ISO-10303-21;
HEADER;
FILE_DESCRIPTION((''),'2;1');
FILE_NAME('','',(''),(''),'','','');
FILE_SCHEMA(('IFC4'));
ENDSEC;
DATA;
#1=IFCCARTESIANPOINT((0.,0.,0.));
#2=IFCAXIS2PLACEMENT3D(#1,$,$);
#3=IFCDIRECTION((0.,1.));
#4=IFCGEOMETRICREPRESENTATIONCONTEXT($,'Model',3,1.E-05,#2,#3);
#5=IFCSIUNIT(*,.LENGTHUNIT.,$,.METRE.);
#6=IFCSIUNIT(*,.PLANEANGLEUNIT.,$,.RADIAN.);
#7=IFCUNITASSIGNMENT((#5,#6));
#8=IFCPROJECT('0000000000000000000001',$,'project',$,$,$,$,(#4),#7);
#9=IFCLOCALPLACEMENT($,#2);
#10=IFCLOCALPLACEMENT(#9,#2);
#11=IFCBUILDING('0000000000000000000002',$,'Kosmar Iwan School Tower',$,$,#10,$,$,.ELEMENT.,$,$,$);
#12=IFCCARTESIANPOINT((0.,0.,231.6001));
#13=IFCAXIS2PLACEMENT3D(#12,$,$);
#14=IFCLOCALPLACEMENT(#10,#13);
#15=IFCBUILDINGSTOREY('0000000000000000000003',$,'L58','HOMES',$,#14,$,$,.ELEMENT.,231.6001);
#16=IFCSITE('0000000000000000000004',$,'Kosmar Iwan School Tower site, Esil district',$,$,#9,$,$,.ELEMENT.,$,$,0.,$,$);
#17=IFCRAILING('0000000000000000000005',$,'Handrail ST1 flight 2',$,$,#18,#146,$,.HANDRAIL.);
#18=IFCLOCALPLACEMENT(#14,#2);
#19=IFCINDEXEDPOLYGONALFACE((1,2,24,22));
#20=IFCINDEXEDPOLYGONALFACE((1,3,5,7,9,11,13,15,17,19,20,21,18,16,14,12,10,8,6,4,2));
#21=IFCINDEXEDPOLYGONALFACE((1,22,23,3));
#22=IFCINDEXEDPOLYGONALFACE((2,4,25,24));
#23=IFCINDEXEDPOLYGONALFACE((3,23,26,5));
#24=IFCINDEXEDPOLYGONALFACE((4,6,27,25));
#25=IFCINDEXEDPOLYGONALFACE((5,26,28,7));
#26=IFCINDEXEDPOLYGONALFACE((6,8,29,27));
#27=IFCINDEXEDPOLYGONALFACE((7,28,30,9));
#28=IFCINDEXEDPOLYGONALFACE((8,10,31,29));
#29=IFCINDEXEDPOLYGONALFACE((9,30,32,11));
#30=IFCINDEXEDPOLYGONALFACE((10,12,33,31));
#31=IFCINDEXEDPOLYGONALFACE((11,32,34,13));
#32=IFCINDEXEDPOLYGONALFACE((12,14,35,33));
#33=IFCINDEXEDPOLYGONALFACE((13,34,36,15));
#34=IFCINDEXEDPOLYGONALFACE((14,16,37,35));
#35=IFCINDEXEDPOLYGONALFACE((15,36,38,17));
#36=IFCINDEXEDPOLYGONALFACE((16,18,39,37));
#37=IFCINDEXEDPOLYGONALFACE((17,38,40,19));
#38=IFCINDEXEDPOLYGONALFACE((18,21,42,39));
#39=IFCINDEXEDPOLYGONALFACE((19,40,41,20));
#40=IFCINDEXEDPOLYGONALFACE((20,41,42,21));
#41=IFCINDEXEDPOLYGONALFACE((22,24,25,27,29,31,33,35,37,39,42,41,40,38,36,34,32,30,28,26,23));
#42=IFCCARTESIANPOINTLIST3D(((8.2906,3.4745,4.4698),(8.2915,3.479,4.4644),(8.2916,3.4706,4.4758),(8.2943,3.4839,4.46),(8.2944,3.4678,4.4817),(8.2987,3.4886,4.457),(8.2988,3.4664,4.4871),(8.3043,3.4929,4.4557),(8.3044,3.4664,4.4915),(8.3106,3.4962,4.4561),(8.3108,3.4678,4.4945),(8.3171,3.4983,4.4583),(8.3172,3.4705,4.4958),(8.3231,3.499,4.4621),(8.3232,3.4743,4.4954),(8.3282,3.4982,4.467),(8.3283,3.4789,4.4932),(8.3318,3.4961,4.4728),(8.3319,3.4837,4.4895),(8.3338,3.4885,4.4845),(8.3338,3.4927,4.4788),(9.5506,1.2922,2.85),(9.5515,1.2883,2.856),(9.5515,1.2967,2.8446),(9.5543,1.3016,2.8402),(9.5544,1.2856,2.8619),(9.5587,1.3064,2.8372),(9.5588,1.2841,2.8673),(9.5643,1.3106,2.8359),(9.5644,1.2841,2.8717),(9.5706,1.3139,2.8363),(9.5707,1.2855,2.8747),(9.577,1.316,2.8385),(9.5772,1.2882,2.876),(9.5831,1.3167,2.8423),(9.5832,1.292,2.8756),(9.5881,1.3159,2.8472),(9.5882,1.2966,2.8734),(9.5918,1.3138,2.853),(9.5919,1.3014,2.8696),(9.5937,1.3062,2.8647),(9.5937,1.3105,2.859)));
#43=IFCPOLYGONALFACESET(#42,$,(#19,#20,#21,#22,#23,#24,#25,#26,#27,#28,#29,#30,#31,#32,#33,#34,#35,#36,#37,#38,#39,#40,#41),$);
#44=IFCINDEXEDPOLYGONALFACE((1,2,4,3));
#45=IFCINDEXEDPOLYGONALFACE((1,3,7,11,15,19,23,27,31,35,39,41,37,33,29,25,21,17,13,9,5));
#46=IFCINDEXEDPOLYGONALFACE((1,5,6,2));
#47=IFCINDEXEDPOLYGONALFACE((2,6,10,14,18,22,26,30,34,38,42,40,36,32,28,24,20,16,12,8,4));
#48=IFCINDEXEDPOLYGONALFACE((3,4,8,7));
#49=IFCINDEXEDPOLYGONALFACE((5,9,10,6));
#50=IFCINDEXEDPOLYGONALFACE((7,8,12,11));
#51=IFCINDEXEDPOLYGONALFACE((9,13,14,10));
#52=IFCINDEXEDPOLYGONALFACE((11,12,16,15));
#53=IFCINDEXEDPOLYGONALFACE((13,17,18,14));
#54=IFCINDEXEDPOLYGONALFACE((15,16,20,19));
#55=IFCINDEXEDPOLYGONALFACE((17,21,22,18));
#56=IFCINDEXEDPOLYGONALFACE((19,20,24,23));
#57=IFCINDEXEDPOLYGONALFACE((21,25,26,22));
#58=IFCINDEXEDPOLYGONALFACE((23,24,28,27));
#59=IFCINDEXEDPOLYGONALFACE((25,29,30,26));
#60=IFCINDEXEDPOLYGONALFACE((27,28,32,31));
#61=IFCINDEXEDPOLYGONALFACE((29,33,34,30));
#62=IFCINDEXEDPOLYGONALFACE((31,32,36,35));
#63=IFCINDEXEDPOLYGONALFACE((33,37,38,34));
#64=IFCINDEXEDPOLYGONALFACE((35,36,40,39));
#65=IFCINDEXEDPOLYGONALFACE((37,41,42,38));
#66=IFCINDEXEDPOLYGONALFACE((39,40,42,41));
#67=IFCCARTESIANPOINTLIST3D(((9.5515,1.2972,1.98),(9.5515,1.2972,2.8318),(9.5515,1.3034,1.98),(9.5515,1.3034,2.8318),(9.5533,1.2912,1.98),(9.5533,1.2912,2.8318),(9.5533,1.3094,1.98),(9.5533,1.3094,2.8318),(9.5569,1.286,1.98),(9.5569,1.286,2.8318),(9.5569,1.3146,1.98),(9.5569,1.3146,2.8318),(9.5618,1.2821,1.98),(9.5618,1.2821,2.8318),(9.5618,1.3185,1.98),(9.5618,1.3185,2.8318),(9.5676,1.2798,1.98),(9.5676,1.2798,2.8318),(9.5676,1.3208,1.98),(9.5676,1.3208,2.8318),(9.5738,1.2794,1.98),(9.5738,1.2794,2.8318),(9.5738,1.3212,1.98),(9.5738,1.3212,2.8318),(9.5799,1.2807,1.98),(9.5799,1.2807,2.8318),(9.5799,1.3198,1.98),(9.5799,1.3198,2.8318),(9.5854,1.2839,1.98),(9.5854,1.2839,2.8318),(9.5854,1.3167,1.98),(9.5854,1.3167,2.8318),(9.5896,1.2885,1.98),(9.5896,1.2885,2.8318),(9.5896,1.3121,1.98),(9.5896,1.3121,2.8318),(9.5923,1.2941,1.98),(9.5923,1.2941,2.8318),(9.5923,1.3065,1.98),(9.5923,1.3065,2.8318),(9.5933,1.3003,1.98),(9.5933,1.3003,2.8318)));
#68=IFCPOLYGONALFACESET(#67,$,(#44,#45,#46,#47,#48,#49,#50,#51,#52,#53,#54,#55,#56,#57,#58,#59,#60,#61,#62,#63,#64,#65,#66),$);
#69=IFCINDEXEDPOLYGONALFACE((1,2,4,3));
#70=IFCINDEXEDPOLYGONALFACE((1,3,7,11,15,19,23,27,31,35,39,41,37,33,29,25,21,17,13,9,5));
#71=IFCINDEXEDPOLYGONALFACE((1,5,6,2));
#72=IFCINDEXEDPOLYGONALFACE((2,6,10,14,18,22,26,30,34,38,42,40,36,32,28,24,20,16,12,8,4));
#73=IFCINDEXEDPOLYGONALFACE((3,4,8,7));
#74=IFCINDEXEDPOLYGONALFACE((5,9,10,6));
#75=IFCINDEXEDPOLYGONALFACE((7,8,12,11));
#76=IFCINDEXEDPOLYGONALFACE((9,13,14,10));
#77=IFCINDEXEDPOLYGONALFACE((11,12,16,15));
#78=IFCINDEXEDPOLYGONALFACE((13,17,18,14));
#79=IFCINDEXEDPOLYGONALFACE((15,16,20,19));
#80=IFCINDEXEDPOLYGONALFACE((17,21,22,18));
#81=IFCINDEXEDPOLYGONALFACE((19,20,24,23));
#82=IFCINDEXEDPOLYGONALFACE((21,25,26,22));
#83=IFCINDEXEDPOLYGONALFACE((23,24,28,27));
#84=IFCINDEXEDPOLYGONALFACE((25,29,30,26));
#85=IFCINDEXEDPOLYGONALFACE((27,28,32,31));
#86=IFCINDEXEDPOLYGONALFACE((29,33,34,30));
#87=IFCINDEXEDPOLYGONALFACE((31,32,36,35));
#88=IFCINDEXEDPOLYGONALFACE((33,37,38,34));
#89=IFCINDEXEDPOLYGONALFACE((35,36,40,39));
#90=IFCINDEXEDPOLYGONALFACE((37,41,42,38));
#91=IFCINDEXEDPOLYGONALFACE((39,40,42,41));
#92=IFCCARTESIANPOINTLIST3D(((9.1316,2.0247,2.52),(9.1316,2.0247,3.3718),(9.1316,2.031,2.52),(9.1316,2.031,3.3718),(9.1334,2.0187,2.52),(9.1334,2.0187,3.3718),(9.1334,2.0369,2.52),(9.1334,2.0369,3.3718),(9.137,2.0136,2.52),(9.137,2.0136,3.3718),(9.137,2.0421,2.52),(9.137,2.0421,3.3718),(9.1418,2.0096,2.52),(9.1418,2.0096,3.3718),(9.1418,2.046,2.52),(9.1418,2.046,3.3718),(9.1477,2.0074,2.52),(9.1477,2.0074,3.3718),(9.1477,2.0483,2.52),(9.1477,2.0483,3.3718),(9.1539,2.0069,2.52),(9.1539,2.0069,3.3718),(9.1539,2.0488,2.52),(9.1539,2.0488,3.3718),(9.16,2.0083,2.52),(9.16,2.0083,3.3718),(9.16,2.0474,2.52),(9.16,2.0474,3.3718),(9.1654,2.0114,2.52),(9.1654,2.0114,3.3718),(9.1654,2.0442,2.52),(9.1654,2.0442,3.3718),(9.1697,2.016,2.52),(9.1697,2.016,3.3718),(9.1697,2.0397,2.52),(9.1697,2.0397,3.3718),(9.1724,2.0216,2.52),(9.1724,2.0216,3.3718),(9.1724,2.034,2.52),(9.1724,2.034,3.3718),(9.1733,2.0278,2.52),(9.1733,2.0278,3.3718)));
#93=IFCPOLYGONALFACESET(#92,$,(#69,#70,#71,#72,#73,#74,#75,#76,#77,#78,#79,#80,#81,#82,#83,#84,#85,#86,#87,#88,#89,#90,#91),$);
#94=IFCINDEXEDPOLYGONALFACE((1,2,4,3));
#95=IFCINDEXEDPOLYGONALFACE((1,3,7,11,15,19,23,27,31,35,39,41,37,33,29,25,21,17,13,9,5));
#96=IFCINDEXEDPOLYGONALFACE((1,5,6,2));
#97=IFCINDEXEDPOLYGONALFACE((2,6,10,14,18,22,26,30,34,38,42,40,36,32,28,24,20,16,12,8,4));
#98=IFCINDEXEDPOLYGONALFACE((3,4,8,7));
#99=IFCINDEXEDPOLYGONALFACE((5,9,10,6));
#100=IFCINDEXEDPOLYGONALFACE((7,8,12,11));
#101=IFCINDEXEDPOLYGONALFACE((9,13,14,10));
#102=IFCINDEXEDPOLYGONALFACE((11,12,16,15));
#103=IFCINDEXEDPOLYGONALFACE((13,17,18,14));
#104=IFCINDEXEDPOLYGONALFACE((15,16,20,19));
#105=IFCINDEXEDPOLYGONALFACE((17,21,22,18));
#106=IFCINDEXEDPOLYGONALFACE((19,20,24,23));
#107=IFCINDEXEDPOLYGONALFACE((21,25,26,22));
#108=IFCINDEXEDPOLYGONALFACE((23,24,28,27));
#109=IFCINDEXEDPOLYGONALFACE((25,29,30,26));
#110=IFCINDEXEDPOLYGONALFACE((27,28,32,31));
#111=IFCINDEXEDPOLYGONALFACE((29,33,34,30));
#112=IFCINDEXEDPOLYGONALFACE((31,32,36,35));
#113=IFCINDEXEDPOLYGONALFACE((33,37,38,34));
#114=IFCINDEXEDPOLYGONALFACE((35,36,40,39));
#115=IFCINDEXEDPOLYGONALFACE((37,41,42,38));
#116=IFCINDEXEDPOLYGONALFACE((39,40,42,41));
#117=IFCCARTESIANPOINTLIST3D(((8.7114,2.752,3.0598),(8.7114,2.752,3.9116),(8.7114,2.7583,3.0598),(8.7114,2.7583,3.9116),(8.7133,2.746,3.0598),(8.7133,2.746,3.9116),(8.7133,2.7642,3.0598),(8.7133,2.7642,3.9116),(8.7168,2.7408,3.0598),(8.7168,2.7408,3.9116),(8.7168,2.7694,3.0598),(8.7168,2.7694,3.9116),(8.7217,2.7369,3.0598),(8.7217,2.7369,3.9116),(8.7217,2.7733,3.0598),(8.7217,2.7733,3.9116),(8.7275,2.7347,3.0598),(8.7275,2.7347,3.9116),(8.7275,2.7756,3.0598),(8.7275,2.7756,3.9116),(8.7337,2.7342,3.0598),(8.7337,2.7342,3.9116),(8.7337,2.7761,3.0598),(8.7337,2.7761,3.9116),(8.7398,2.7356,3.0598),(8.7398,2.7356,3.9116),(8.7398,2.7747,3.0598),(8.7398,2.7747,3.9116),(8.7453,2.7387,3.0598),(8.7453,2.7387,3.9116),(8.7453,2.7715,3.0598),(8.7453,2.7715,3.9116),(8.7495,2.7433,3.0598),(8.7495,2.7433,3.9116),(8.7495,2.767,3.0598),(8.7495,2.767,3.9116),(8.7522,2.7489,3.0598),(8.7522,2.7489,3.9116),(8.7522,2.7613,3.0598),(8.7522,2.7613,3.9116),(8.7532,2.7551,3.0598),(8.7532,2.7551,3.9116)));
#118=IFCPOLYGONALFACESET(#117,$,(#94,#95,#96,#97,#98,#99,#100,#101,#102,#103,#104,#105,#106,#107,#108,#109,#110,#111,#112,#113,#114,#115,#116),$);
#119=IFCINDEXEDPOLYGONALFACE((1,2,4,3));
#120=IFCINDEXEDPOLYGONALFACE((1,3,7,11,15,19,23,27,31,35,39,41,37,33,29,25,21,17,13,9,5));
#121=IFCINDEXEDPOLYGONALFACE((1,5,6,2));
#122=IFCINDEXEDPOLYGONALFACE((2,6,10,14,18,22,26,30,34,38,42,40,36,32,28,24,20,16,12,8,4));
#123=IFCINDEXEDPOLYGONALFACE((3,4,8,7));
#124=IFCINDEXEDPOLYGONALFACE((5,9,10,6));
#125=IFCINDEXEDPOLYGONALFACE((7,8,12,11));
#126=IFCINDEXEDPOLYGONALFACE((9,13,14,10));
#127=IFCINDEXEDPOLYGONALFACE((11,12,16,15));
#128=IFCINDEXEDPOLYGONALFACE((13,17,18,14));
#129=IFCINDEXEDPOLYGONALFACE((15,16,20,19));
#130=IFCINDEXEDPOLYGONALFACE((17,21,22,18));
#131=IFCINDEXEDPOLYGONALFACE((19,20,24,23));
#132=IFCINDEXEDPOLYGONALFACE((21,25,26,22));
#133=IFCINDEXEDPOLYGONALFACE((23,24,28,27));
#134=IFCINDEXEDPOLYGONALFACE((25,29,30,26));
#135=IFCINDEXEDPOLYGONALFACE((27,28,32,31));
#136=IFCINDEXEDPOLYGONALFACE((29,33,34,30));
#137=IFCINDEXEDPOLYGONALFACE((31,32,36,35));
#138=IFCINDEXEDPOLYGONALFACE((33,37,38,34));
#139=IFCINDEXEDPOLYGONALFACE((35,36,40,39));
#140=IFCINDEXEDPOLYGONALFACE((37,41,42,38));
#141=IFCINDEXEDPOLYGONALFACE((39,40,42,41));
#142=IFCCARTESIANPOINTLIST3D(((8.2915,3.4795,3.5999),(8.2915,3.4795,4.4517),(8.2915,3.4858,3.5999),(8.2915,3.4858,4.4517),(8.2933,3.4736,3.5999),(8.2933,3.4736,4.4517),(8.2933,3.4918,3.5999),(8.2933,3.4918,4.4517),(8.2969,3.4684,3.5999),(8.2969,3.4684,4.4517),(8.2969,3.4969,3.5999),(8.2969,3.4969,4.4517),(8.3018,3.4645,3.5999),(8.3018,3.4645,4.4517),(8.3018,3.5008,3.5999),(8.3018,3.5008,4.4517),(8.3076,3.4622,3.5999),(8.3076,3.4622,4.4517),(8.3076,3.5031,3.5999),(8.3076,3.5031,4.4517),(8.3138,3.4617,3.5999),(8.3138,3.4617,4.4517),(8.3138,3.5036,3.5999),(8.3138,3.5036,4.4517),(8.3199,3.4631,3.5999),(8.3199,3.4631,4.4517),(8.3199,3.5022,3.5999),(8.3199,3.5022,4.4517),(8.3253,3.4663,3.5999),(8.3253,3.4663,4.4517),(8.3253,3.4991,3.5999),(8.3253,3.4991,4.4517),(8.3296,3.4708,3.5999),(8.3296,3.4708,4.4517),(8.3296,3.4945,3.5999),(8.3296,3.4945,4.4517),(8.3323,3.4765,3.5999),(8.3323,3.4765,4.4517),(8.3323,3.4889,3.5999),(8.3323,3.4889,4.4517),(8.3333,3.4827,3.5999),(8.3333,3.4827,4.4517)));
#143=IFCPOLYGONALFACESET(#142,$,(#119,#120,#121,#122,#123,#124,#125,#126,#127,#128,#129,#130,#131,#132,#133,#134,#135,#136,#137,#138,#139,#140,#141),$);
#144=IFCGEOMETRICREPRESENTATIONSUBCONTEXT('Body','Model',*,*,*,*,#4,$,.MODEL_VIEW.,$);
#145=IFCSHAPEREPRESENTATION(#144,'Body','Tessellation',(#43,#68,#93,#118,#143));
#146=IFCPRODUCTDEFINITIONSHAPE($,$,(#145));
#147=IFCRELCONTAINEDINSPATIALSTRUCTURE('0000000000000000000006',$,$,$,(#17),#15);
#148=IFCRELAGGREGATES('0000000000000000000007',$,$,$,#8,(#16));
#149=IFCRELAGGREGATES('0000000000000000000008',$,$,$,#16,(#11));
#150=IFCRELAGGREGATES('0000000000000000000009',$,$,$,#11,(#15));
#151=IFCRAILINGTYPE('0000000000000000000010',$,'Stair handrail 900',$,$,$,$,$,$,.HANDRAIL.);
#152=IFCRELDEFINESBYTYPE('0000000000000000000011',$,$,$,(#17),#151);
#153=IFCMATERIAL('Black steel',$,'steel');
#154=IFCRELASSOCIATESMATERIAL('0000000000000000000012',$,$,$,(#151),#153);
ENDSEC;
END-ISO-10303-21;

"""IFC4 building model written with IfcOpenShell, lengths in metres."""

from ifc_helpers import new_model, si_unit, direction, frame, origin, origin_2d, place, context, subcontext, project, spatial, circle, extrude, material, type_object, element, save


model = new_model("IFC4")

# Units and contexts
model_context = context("Model", 3, precision=1e-05, world=origin(), true_north=direction((0.0, 1.0)))
body_context = subcontext(model_context, "Body", "Model", "MODEL_VIEW")
ifc_project = project(units=[si_unit("LENGTHUNIT", "METRE"), si_unit("PLANEANGLEUNIT", "RADIAN")], contexts=[model_context])

# Site, building, storey
site_placement = place(None, origin())
site = spatial("IfcSite", under=ifc_project, at=site_placement, Name="Kosmar Iwan School Tower site, Esil district", CompositionType="ELEMENT", RefElevation=0.0)
building_placement = place(site_placement, origin())
building = spatial("IfcBuilding", under=site, at=building_placement, Name="Kosmar Iwan School Tower", CompositionType="ELEMENT")
storey_placement = place(building_placement, frame((0.0, 0.0, 231.6001)))
storey = spatial("IfcBuildingStorey", under=building, at=storey_placement, Name="L58", Description="HOMES", CompositionType="ELEMENT", Elevation=231.6001)

# Railing
ifc_material_1 = material(Name="Black steel", Category="steel")
railing_type = type_object("IfcRailingType", Name="Stair handrail 900", PredefinedType="HANDRAIL", material=ifc_material_1)
railing_placement = place(storey_placement, frame((9.5723, 1.3003, 1.98)))
element("IfcRailing", 1, at=railing_placement, inside=storey, type_object=railing_type, Name="Handrail ST1 flight 2", PredefinedType="HANDRAIL", context=body_context, shape_type="SweptSolid", body=[
    extrude(circle(Radius=0.0239, at=origin_2d()), frame((0.0, 0.0, 0.876), z_axis=(-0.420603, 0.728496, 0.540728), x_axis=(-0.866023, -0.500005, 0.0)), (0.0, 0.0, 1.0), 2.9956),
    extrude(circle(Radius=0.021, at=origin_2d()), origin(), (0.0, 0.0, 1.0), 0.8518),
    extrude(circle(Radius=0.021, at=origin_2d()), frame((-0.4199, 0.7275, 0.54)), (0.0, 0.0, 1.0), 0.8518),
    extrude(circle(Radius=0.021, at=origin_2d()), frame((-0.8401, 1.4548, 1.0798)), (0.0, 0.0, 1.0), 0.8518),
    extrude(circle(Radius=0.021, at=origin_2d()), frame((-1.26, 2.1824, 1.6199)), (0.0, 0.0, 1.0), 0.8518),
])

save(model, "model.ifc")
